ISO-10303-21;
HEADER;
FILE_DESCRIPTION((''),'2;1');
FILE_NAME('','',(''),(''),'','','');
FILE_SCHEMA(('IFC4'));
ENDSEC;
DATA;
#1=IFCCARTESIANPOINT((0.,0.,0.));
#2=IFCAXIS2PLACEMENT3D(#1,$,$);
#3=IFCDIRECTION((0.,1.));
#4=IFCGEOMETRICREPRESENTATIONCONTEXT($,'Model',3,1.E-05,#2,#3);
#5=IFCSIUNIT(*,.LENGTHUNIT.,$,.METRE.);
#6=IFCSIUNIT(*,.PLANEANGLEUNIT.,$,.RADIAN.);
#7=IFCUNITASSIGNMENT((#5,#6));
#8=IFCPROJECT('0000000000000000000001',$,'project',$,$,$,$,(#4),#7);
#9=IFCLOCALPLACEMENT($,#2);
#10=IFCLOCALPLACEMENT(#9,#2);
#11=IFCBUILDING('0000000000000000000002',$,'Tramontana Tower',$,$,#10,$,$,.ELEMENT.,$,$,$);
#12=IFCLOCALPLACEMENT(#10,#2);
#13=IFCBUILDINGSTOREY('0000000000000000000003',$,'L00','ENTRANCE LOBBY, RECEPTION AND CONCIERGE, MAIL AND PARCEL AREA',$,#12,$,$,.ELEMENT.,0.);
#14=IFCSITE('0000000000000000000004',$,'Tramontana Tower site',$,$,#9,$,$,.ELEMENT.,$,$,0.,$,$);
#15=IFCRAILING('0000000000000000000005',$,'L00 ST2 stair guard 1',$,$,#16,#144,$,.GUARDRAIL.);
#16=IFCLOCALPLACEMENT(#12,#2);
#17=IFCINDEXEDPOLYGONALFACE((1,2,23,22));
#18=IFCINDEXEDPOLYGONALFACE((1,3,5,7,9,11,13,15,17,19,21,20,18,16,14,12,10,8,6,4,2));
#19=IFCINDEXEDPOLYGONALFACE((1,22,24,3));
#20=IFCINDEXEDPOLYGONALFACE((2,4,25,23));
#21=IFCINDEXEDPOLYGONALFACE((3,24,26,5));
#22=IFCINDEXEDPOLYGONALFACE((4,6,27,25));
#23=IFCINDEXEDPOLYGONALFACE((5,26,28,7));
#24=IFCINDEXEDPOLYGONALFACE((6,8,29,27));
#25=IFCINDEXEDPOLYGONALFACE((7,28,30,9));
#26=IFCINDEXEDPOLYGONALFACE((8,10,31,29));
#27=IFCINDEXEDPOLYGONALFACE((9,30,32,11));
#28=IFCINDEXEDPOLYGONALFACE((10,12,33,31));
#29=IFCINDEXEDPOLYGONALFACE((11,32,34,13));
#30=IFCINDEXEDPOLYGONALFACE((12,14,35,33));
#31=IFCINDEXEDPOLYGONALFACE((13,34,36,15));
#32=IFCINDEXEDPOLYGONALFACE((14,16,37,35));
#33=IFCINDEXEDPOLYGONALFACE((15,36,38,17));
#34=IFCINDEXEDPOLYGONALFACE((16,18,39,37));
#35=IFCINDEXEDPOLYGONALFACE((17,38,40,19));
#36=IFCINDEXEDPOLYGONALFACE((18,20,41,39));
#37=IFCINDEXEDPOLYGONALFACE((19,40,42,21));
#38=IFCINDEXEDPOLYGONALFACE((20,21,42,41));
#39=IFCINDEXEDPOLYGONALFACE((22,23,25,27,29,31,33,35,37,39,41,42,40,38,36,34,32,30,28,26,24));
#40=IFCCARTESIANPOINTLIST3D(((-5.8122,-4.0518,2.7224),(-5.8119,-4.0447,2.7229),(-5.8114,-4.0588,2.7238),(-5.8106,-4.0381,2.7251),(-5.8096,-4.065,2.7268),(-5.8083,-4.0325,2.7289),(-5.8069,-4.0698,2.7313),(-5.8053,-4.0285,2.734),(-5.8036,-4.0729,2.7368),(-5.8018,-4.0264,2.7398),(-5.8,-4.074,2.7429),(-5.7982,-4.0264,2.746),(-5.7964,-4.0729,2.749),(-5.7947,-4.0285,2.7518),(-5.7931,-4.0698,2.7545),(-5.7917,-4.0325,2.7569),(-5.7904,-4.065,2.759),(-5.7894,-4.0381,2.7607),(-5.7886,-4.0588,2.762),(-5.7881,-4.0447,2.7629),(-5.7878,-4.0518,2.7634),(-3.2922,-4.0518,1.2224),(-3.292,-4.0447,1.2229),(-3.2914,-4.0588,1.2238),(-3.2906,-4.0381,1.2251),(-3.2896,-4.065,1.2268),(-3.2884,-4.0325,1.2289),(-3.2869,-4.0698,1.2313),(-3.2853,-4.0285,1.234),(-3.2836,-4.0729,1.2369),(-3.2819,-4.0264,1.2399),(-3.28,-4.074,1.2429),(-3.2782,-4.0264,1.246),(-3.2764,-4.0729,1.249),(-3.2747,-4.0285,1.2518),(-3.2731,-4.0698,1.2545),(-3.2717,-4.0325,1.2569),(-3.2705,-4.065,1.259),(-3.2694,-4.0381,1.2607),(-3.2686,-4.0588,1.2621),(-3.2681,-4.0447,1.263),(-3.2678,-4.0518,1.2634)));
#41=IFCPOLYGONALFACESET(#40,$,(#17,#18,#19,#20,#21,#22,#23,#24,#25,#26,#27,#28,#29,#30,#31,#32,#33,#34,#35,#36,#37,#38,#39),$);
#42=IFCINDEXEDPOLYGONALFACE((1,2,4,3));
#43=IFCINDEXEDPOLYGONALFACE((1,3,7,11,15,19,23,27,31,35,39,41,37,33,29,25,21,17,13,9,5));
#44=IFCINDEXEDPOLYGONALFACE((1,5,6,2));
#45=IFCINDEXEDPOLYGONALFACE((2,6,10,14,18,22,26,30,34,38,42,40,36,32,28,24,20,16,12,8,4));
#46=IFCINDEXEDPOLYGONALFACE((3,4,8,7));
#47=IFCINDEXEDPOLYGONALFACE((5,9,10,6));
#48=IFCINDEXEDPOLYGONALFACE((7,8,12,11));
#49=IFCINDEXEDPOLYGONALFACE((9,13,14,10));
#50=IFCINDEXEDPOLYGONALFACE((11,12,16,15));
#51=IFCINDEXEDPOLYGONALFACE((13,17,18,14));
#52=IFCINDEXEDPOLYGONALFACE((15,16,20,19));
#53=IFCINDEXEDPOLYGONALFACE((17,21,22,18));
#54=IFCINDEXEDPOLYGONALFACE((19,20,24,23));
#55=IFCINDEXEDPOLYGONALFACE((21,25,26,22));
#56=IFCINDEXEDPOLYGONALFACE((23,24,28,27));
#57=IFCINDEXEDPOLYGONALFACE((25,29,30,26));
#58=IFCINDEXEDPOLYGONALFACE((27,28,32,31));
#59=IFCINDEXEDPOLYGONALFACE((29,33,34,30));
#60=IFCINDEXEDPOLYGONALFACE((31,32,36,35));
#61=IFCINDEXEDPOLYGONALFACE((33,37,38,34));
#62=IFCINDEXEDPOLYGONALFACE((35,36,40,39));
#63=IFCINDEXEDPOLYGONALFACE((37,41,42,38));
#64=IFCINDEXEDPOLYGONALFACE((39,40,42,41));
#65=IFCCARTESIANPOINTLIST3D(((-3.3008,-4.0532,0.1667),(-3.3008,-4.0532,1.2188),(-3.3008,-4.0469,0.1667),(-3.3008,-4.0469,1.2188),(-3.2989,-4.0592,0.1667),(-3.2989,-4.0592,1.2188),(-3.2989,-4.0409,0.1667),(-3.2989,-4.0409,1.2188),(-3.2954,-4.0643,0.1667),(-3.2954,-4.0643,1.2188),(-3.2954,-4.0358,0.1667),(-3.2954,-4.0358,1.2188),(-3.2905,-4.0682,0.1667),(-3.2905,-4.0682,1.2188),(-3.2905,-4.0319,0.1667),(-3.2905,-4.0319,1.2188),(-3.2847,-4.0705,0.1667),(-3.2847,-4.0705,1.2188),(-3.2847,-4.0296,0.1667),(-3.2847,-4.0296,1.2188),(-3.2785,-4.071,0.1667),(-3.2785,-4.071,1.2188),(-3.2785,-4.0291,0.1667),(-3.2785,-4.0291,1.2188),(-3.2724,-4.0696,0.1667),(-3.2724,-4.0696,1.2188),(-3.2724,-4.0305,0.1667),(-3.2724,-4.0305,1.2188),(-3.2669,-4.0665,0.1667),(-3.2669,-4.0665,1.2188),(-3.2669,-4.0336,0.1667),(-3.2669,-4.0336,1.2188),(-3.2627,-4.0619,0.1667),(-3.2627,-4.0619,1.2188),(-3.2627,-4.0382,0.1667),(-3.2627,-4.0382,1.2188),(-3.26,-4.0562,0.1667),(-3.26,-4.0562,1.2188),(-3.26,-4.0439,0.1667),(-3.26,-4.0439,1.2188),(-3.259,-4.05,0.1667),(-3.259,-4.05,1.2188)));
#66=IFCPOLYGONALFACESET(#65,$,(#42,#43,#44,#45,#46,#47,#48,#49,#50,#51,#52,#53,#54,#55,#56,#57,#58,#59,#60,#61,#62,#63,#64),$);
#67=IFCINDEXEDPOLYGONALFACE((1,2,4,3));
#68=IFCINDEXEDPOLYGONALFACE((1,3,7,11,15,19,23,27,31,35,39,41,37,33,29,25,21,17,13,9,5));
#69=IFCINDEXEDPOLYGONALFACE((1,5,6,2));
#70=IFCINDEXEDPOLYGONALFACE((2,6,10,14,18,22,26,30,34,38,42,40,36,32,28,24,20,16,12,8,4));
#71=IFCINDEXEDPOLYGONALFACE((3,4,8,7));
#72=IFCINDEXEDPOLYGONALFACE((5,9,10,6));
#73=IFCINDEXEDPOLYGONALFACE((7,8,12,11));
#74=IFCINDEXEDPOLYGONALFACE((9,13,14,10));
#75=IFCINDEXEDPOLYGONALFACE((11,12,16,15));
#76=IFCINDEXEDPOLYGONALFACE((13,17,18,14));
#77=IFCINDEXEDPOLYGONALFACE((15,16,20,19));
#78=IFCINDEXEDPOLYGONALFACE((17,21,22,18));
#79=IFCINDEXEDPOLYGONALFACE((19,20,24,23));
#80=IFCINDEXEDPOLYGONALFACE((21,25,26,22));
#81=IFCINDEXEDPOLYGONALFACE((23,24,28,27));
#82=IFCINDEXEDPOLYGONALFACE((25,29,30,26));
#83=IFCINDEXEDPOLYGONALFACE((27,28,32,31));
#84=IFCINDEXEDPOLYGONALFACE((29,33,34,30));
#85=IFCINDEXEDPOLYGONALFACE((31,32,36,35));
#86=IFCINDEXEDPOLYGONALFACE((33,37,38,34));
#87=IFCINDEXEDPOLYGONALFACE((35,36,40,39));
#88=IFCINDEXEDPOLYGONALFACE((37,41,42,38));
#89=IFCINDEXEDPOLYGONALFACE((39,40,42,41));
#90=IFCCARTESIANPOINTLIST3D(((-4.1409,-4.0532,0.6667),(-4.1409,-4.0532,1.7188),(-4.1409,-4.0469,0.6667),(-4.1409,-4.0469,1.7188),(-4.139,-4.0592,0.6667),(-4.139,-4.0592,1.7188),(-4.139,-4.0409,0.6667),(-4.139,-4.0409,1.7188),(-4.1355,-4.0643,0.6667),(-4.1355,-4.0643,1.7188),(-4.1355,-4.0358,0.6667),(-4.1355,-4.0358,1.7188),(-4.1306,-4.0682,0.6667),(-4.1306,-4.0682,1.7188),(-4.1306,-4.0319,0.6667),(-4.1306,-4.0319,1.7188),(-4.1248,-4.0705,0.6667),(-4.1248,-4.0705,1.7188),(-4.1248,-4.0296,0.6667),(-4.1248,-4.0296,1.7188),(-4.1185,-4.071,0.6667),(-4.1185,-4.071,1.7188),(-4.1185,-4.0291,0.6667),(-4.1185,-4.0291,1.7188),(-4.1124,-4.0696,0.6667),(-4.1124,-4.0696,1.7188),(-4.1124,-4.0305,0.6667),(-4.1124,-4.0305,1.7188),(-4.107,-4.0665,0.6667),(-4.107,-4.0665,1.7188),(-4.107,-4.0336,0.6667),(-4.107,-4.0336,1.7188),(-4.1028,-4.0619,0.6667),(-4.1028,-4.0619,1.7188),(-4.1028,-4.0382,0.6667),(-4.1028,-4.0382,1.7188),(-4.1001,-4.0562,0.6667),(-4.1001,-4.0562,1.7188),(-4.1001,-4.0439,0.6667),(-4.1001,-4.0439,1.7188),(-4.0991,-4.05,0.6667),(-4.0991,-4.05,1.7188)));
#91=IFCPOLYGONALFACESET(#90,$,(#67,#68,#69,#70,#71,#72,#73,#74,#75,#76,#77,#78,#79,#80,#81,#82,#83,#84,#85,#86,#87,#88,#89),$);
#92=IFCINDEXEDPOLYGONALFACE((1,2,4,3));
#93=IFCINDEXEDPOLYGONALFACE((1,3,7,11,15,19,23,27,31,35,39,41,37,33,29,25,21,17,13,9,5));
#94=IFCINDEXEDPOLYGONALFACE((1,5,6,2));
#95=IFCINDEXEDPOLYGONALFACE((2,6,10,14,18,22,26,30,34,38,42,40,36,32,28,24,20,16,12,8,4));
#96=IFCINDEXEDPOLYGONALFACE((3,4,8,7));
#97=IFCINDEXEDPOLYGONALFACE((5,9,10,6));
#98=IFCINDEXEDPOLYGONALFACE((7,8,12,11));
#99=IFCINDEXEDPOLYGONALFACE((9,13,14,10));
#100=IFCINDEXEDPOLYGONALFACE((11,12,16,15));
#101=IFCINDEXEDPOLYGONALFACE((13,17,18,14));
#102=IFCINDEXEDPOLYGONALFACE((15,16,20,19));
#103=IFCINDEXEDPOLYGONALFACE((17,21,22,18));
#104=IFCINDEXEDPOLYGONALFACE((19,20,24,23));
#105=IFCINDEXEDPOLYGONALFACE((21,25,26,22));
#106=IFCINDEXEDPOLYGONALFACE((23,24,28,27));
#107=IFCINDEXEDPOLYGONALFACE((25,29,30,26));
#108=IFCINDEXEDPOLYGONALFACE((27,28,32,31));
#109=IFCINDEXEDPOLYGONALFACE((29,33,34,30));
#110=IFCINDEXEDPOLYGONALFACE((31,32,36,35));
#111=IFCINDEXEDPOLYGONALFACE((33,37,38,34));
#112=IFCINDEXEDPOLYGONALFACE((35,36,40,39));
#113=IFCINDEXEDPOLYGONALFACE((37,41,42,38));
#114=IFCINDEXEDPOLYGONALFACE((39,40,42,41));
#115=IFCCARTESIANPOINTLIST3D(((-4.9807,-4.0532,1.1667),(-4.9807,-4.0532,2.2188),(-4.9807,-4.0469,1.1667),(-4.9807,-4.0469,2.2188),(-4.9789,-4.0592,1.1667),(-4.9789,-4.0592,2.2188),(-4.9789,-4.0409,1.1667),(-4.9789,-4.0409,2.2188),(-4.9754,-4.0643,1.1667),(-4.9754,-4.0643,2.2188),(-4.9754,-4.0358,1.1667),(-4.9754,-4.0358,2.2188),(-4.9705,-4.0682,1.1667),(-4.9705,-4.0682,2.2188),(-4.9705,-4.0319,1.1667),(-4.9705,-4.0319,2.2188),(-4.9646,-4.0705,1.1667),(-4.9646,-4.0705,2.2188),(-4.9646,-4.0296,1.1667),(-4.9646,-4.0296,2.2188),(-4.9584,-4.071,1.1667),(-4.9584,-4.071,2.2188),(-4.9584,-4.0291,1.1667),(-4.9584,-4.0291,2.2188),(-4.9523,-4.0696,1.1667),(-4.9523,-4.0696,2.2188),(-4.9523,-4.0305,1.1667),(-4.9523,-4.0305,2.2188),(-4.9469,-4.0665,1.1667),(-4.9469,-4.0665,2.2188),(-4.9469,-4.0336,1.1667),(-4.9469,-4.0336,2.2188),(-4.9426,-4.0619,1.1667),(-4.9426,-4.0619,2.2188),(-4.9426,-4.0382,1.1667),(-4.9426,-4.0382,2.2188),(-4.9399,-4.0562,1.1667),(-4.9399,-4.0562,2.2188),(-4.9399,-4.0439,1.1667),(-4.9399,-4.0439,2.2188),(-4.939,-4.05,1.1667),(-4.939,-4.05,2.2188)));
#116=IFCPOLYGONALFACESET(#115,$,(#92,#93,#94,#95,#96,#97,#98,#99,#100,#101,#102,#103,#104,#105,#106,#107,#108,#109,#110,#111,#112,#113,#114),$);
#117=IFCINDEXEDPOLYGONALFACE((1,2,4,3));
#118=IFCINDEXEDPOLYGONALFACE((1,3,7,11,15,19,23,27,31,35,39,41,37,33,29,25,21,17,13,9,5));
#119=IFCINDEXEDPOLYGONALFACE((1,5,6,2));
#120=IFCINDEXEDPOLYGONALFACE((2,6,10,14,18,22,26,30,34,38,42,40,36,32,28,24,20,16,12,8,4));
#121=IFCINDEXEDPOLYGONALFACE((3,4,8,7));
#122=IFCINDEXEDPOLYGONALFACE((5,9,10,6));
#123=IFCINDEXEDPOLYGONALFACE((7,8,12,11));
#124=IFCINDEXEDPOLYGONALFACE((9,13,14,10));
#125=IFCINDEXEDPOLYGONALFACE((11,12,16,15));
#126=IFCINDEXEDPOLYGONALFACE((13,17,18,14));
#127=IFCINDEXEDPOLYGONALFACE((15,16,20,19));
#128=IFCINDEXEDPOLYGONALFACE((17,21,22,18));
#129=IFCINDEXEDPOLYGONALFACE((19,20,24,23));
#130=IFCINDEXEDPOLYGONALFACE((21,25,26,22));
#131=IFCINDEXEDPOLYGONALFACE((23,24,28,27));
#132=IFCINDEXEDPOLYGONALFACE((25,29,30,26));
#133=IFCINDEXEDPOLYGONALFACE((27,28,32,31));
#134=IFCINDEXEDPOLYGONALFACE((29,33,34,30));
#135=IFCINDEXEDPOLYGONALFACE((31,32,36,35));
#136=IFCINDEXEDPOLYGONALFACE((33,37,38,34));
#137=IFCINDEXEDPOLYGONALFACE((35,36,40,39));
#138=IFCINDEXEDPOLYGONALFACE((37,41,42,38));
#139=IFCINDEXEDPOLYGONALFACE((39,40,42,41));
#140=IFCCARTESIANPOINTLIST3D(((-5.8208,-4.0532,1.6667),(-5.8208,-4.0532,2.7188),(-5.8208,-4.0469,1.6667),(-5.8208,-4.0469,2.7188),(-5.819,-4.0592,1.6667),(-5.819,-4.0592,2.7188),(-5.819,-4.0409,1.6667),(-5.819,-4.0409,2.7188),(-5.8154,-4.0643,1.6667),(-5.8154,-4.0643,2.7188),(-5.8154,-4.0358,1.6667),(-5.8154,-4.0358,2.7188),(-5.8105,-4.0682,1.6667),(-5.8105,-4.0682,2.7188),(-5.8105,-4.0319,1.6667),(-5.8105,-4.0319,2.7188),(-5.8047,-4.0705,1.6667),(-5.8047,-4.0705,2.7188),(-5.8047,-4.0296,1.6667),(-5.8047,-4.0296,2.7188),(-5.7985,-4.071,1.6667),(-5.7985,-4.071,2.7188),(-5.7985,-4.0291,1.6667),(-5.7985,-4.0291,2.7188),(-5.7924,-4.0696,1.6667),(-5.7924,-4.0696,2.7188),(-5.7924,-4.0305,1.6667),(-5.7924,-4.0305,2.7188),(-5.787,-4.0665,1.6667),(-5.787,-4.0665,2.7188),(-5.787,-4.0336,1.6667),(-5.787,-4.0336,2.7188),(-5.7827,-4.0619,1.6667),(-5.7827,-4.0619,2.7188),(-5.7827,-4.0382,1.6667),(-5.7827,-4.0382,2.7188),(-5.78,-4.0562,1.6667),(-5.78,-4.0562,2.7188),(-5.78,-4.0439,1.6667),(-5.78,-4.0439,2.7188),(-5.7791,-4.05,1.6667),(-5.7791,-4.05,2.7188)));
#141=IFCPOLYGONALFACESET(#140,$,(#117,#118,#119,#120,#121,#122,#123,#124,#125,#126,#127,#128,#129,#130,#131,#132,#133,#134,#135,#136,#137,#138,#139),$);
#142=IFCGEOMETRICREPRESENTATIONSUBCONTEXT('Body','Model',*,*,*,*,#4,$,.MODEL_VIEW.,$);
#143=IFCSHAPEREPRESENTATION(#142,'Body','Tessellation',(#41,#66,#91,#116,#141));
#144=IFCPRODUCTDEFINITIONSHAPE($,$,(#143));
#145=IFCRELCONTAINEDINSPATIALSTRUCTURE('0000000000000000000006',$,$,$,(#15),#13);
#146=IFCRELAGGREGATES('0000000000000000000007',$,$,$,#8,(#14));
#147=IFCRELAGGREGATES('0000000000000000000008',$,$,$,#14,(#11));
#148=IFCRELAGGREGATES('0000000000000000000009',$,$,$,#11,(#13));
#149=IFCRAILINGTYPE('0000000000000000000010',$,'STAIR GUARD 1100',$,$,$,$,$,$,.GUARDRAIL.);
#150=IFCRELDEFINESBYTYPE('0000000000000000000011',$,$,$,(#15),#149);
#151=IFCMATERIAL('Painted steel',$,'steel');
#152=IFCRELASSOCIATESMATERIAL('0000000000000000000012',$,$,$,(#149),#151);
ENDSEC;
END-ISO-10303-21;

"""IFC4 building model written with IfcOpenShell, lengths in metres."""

from ifc_helpers import new_model, si_unit, direction, frame, origin, origin_2d, place, context, subcontext, project, spatial, circle, extrude, material, type_object, element, save


model = new_model("IFC4")

# Units and contexts
model_context = context("Model", 3, precision=1e-05, world=origin(), true_north=direction((0.0, 1.0)))
body_context = subcontext(model_context, "Body", "Model", "MODEL_VIEW")
ifc_project = project(units=[si_unit("LENGTHUNIT", "METRE"), si_unit("PLANEANGLEUNIT", "RADIAN")], contexts=[model_context])

# Site, building, storey
site_placement = place(None, origin())
site = spatial("IfcSite", under=ifc_project, at=site_placement, Name="Tramontana Tower site", CompositionType="ELEMENT", RefElevation=0.0)
building_placement = place(site_placement, origin())
building = spatial("IfcBuilding", under=site, at=building_placement, Name="Tramontana Tower", CompositionType="ELEMENT")
storey_placement = place(building_placement, origin())
storey = spatial("IfcBuildingStorey", under=building, at=storey_placement, Name="L00", Description="ENTRANCE LOBBY, RECEPTION AND CONCIERGE, MAIL AND PARCEL AREA", CompositionType="ELEMENT", Elevation=0.0)

# Railing
ifc_material_1 = material(Name="Painted steel", Category="steel")
railing_type_1 = type_object("IfcRailingType", Name="STAIR GUARD 1100", PredefinedType="GUARDRAIL", material=ifc_material_1)
railing_1_placement = place(storey_placement, frame((-3.28, -4.05, 0.1667)))
element("IfcRailing", 1, at=railing_1_placement, inside=storey, type_object=railing_type_1, Name="L00 ST2 stair guard 1", PredefinedType="GUARDRAIL", context=body_context, shape_type="SweptSolid", body=[
    extrude(circle(Radius=0.0239, at=origin_2d()), frame((0.0, 0.0, 1.0762), z_axis=(-0.859295, 0.0, 0.511481), x_axis=(0.0, -1.0, 0.0)), (0.0, 0.0, 1.0), 2.9326),
    extrude(circle(Radius=0.021, at=origin_2d()), origin(), (0.0, 0.0, 1.0), 1.052),
    extrude(circle(Radius=0.021, at=origin_2d()), frame((-0.8401, 0.0, 0.5)), (0.0, 0.0, 1.0), 1.052),
    extrude(circle(Radius=0.021, at=origin_2d()), frame((-1.6799, 0.0, 1.0)), (0.0, 0.0, 1.0), 1.052),
    extrude(circle(Radius=0.021, at=origin_2d()), frame((-2.52, 0.0, 1.5)), (0.0, 0.0, 1.0), 1.052),
])

save(model, "model.ifc")
